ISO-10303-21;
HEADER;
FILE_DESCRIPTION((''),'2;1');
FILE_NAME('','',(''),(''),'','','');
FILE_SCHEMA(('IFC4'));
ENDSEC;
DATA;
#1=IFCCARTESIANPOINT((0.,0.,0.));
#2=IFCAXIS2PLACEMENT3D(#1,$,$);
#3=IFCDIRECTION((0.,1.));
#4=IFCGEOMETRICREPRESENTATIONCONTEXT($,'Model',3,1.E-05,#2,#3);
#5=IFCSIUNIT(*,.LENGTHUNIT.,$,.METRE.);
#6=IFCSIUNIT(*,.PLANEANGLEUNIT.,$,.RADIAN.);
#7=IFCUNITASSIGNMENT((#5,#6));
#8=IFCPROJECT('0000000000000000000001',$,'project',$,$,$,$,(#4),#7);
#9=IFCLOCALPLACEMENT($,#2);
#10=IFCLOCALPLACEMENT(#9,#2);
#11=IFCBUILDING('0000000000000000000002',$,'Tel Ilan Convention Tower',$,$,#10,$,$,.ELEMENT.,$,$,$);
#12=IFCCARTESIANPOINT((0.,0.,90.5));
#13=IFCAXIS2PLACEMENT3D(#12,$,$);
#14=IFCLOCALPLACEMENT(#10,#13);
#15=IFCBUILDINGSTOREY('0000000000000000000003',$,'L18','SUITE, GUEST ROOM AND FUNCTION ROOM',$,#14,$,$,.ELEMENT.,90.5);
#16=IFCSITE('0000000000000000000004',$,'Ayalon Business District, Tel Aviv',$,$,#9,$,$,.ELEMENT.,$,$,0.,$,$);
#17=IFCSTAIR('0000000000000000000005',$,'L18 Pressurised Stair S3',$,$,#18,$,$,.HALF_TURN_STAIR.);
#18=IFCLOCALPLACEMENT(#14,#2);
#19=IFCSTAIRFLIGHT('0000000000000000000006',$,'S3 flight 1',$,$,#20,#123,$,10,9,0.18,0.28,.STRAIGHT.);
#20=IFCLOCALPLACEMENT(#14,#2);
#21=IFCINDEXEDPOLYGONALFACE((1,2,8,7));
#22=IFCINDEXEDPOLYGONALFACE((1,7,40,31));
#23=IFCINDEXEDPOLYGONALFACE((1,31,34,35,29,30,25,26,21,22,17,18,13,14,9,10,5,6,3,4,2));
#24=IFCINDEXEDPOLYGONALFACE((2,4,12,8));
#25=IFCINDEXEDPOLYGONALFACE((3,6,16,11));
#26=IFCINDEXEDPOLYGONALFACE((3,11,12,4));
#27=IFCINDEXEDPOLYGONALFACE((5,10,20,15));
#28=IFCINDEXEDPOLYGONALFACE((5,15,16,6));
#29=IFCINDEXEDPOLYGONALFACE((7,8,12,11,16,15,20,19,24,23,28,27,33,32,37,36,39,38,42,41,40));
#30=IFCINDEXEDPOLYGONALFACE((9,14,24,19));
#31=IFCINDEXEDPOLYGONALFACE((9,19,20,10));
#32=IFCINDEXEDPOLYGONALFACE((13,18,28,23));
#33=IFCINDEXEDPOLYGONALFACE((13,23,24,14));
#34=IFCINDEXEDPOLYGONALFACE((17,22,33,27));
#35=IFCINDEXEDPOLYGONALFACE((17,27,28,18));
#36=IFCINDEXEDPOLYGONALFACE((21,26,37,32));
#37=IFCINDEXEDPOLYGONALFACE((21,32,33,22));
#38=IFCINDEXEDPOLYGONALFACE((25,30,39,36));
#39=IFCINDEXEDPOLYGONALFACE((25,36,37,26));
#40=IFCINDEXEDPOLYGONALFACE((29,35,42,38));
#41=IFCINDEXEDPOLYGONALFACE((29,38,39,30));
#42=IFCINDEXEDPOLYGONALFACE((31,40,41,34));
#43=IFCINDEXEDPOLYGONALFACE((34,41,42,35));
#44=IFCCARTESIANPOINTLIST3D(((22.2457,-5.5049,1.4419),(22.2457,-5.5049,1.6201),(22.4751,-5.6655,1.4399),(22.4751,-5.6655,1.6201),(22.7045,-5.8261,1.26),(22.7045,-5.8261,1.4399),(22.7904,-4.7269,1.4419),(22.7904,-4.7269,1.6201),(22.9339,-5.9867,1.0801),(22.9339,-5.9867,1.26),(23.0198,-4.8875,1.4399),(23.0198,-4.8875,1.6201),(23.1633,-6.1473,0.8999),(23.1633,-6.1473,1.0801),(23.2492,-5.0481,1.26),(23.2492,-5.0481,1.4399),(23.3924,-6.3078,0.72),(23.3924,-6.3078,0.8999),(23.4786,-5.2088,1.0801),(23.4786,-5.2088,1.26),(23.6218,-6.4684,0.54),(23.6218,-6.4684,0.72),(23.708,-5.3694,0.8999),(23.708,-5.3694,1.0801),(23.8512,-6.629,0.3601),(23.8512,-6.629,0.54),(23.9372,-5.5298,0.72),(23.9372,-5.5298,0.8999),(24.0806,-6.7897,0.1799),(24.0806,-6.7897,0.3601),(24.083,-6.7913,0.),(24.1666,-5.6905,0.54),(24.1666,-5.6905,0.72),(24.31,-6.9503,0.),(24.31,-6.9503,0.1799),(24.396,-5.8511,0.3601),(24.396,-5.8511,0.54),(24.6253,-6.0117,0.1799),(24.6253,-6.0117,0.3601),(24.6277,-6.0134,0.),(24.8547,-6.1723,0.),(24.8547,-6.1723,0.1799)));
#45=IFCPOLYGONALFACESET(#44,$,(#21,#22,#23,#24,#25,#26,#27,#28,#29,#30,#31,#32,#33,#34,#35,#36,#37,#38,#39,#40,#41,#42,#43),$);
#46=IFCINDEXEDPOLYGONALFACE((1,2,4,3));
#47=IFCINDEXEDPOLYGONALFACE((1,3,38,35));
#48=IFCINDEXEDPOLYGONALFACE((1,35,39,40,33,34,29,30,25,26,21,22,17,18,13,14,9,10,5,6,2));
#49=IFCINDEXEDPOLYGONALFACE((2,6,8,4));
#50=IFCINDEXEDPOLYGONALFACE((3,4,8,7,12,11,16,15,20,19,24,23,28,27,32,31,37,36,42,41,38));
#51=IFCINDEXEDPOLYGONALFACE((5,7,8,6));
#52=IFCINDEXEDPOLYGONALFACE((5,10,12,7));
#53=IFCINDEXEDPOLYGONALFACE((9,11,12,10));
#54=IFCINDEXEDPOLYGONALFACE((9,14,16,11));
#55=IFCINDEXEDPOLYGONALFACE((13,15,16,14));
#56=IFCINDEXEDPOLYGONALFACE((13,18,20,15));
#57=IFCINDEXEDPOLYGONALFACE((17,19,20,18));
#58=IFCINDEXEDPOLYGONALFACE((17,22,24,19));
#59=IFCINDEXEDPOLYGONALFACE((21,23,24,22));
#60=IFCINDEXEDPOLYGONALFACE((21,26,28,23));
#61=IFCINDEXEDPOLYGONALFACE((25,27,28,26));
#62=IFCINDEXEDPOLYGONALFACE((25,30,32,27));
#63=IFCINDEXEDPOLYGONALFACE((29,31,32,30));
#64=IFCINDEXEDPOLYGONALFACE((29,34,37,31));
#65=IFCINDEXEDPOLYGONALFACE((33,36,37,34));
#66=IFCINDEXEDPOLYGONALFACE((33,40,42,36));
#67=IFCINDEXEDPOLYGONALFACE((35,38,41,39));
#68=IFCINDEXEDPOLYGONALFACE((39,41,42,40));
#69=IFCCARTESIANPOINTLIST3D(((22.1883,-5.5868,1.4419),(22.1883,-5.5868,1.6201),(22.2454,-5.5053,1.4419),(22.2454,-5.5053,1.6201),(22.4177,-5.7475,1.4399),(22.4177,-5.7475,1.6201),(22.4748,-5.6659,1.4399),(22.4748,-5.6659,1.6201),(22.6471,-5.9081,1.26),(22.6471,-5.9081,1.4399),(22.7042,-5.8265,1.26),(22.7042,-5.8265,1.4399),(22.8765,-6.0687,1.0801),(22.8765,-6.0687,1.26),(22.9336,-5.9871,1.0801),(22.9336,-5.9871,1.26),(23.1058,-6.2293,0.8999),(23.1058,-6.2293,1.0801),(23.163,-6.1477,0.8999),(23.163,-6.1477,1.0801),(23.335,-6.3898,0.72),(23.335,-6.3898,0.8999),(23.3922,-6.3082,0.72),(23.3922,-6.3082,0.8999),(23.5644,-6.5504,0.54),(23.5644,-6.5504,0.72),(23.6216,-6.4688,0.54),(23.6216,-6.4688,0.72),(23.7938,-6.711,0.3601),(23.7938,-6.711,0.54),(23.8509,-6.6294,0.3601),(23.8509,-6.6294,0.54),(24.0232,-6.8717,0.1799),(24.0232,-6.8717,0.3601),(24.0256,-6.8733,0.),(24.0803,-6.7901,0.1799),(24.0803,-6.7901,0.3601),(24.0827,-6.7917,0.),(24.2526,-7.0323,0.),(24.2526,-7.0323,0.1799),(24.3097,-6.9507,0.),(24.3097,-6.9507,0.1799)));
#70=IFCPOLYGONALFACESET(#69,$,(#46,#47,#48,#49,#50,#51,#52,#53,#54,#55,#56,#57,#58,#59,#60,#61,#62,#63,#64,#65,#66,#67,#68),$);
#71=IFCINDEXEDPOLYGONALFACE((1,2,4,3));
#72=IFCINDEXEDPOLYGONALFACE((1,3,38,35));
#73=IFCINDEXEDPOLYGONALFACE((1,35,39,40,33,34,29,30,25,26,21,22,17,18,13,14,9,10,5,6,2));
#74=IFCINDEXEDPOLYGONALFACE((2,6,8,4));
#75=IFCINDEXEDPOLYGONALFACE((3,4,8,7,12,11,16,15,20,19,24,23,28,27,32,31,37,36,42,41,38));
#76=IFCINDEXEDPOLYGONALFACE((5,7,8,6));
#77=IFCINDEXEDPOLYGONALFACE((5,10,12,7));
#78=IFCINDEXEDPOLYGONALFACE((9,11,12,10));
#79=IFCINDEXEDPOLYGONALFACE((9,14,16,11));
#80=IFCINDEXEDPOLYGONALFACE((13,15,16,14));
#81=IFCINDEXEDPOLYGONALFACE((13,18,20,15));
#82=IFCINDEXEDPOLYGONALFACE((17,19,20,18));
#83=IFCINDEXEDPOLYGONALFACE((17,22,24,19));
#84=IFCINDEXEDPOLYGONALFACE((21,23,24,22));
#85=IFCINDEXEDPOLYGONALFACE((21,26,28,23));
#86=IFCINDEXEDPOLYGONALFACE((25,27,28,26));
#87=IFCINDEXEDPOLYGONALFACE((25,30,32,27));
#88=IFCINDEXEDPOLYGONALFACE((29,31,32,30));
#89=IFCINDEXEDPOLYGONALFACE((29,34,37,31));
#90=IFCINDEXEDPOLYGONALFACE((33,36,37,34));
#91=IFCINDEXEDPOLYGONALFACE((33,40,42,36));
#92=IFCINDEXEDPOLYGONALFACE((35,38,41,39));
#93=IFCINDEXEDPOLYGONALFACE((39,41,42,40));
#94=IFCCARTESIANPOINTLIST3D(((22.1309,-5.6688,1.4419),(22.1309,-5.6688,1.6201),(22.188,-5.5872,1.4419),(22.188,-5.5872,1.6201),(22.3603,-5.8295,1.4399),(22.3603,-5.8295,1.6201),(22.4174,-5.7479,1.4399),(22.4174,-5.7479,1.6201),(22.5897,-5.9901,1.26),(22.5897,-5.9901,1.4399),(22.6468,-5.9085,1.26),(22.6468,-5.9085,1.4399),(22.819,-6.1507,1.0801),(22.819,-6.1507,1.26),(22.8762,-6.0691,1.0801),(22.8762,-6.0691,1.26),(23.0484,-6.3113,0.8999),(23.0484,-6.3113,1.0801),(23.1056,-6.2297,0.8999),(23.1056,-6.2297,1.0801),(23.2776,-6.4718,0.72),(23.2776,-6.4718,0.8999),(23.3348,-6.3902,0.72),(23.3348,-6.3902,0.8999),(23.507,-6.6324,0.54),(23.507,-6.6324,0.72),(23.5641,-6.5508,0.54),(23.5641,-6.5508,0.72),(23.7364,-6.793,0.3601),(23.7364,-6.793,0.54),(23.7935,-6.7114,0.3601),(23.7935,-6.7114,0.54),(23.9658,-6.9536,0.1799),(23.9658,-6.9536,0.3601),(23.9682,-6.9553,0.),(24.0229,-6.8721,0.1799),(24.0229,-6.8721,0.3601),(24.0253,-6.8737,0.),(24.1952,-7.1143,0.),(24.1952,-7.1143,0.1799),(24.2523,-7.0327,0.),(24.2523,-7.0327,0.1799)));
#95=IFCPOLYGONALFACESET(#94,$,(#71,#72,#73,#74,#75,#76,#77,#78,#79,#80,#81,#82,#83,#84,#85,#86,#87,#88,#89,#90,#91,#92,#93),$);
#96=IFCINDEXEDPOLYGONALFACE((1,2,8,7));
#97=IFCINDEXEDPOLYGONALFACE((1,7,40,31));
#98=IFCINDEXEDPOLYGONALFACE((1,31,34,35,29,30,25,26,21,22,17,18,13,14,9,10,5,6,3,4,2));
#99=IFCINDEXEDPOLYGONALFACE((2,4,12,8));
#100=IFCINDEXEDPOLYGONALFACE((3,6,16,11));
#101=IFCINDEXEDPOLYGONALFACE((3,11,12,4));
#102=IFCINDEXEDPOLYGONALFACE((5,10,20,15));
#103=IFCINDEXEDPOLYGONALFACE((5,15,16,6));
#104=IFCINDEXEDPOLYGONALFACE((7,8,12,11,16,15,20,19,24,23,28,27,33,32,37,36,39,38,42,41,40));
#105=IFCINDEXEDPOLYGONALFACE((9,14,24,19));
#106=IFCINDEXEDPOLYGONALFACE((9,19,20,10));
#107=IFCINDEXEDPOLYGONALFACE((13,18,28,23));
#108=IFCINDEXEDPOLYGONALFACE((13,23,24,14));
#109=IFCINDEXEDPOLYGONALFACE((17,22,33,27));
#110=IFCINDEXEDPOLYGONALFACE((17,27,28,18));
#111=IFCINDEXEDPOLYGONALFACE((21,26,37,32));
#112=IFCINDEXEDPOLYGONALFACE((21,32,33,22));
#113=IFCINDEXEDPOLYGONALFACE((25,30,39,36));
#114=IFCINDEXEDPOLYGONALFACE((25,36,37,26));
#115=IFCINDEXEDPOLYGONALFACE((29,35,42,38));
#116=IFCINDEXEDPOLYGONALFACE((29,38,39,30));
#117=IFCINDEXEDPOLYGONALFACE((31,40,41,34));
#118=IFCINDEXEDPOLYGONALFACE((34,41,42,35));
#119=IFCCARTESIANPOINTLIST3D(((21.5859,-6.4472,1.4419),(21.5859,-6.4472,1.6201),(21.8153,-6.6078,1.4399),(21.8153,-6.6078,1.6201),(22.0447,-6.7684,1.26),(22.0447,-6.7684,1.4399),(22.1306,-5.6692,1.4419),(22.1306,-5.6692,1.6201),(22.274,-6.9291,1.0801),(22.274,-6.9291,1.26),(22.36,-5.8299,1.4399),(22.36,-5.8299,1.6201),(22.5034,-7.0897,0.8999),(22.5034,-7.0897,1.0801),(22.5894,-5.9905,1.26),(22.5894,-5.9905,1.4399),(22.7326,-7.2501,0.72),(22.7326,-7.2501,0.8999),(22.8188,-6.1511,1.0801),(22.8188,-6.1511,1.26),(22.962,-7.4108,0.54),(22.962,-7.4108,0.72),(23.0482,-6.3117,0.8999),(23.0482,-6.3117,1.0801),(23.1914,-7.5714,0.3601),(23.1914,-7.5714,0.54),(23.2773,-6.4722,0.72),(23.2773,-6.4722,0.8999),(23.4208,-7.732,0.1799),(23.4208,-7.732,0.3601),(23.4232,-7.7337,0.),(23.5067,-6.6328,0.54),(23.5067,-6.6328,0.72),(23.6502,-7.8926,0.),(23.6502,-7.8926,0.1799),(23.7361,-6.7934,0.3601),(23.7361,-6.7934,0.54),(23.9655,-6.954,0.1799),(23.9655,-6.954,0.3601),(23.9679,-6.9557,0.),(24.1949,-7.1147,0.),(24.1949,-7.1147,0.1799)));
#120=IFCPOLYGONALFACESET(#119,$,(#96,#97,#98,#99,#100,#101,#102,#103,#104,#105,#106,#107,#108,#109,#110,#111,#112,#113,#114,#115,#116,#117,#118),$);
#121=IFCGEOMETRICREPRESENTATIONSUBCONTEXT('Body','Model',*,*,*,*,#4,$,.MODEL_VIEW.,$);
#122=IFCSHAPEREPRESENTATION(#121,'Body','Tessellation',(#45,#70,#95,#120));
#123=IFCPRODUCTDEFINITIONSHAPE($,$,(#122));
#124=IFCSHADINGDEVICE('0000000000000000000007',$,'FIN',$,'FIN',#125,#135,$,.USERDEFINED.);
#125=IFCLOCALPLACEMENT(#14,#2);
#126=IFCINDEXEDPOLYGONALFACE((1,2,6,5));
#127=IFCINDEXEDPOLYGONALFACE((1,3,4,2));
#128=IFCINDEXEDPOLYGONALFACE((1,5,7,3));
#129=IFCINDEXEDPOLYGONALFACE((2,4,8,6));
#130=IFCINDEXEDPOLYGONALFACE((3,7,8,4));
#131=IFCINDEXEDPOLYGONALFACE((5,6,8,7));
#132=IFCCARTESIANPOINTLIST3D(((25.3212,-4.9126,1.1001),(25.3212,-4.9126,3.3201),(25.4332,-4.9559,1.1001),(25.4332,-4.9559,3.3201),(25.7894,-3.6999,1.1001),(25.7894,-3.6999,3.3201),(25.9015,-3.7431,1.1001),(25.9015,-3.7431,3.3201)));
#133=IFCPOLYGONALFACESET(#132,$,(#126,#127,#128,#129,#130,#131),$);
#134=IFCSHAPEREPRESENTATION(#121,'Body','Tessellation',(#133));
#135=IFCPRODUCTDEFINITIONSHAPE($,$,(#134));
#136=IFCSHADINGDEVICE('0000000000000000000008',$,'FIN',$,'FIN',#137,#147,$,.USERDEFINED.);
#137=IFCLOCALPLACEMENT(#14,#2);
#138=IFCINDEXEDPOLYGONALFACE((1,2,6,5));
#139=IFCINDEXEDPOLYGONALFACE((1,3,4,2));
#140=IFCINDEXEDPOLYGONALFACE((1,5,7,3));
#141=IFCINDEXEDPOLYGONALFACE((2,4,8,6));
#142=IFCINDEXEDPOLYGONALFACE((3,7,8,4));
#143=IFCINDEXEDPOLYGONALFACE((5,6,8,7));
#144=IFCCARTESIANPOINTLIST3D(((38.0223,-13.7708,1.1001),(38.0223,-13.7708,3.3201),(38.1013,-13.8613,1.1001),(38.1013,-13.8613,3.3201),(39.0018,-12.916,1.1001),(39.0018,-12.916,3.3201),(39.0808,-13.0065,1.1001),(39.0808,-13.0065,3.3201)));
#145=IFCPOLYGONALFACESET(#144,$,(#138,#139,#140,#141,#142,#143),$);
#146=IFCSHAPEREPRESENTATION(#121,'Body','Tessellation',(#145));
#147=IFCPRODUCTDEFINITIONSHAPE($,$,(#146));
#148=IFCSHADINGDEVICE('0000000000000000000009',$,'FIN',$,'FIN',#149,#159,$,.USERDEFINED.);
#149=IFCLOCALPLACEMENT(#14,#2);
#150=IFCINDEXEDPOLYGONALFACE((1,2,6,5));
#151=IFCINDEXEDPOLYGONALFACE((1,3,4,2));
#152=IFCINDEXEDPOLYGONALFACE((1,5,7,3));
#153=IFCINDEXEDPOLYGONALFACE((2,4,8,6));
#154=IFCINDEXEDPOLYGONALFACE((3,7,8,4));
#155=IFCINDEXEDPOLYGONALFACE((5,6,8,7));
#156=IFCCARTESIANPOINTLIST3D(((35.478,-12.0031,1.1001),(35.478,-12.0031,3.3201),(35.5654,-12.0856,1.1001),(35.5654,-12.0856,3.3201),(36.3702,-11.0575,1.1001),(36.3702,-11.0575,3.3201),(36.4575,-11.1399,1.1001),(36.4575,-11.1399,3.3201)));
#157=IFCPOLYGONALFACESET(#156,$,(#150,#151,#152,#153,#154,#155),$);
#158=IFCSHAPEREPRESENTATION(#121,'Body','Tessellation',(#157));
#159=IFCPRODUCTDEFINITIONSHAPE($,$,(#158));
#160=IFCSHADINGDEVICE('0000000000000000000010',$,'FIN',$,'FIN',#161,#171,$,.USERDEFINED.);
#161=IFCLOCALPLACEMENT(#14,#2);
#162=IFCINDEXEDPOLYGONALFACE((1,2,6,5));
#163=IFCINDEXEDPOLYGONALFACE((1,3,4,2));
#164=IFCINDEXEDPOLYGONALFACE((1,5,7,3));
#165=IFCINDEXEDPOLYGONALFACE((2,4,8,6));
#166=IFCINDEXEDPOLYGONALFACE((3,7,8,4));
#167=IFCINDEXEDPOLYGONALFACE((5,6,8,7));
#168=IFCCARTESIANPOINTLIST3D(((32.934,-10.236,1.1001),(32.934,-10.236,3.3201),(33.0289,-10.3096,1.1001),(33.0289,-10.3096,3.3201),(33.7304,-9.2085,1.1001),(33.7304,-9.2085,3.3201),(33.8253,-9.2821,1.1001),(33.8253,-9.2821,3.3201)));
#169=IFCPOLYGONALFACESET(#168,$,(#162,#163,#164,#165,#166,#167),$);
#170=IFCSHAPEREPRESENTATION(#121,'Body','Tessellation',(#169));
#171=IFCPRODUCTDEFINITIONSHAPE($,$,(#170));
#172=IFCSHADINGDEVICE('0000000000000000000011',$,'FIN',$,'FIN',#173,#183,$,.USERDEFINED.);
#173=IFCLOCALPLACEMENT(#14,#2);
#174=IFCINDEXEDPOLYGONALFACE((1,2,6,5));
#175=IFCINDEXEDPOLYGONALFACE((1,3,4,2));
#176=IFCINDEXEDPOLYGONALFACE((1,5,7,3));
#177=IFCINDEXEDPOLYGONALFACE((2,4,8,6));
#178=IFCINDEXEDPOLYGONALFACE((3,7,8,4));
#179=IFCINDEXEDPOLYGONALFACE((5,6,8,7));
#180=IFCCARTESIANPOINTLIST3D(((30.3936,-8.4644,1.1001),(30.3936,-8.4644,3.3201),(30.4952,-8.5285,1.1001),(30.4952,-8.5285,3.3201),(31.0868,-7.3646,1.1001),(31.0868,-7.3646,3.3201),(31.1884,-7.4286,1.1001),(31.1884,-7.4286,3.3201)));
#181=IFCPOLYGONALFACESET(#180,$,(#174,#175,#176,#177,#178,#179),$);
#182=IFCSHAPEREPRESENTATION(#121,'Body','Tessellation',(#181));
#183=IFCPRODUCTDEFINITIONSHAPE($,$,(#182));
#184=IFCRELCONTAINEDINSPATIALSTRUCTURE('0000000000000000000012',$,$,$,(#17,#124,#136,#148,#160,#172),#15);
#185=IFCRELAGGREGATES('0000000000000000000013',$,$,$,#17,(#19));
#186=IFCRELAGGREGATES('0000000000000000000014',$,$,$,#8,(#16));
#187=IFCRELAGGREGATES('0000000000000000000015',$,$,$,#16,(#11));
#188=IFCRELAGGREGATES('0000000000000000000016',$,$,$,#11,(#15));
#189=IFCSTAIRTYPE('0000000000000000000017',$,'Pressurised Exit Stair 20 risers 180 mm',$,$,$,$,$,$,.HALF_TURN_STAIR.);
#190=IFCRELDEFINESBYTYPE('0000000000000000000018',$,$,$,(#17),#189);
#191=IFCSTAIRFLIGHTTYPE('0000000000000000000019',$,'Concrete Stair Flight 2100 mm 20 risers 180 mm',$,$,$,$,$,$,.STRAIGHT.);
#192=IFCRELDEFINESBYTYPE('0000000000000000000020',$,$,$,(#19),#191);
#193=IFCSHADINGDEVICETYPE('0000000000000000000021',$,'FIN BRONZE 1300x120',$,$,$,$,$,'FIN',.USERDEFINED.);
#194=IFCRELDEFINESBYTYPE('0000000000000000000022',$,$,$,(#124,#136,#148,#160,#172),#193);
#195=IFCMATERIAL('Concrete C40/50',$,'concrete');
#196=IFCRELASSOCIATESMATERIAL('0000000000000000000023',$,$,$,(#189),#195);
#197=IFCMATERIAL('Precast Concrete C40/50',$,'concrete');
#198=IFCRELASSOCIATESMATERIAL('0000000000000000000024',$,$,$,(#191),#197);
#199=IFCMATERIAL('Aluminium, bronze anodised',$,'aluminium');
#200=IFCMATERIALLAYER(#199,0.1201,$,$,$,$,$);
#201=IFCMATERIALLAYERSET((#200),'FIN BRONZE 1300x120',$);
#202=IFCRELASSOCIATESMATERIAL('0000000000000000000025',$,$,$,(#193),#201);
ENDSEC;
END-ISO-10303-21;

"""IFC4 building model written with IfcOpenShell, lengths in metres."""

from ifc_helpers import new_model, si_unit, direction, frame, origin, origin_2d, place, context, subcontext, project, spatial, polyline, rectangle, outline, extrude, material, layer, layer_set, type_object, element, aggregate, save


model = new_model("IFC4")

# Units and contexts
model_context = context("Model", 3, precision=1e-05, world=origin(), true_north=direction((0.0, 1.0)))
body_context = subcontext(model_context, "Body", "Model", "MODEL_VIEW")
ifc_project = project(units=[si_unit("LENGTHUNIT", "METRE"), si_unit("PLANEANGLEUNIT", "RADIAN")], contexts=[model_context])

# Site, building, storey
site_placement = place(None, origin())
site = spatial("IfcSite", under=ifc_project, at=site_placement, Name="Ayalon Business District, Tel Aviv", CompositionType="ELEMENT", RefElevation=0.0)
building_placement = place(site_placement, origin())
building = spatial("IfcBuilding", under=site, at=building_placement, Name="Tel Ilan Convention Tower", CompositionType="ELEMENT")
storey_placement = place(building_placement, frame((0.0, 0.0, 90.5)))
storey = spatial("IfcBuildingStorey", under=building, at=storey_placement, Name="L18", Description="SUITE, GUEST ROOM AND FUNCTION ROOM", CompositionType="ELEMENT", Elevation=90.5)

# Stair, stair flight
ifc_material_1 = material(Name="Concrete C40/50", Category="concrete")
stair_type = type_object("IfcStairType", Name="Pressurised Exit Stair 20 risers 180 mm", PredefinedType="HALF_TURN_STAIR", material=ifc_material_1)
stair_placement = place(storey_placement, origin())
stair = element("IfcStair", 1, at=stair_placement, inside=storey, type_object=stair_type, Name="L18 Pressurised Stair S3", PredefinedType="HALF_TURN_STAIR")
ifc_material_2 = material(Name="Precast Concrete C40/50", Category="concrete")
stair_flight_type = type_object("IfcStairFlightType", Name="Concrete Stair Flight 2100 mm 20 risers 180 mm", PredefinedType="STRAIGHT", material=ifc_material_2)
stair_flight_placement = place(storey_placement, frame((24.2524, -7.0325, 0.0), z_axis=(0.0, 0.0, 1.0), x_axis=(-0.819152, 0.573576, 0.0)))
stair_flight = element("IfcStairFlight", 2, at=stair_flight_placement, type_object=stair_flight_type, Name="S3 flight 1", NumberOfRisers=10, NumberOfTreads=9, PredefinedType="STRAIGHT", RiserHeight=0.18, TreadLength=0.28, context=body_context, shape_type="SweptSolid", body=[
    extrude(outline(polyline([(0.0, 0.0), (0.0, 0.1799), (0.28, 0.1799), (0.28, 0.3601), (0.5601, 0.3601), (0.5601, 0.54), (0.8401, 0.54), (0.8401, 0.72), (1.1201, 0.72), (1.1201, 0.8999), (1.3999, 0.8999), (1.3999, 1.0801), (1.6799, 1.0801), (1.6799, 1.26), (1.96, 1.26), (1.96, 1.4399), (2.24, 1.4399), (2.24, 1.6201), (2.52, 1.6201), (2.52, 1.8), (2.52, 1.4419), (0.2771, 0.0), (0.0, 0.0)])), frame((0.0, -0.1003, 0.0), z_axis=(0.0, -1.0, 0.0), x_axis=(1.0, 0.0, 0.0)), (0.0, 0.0, 1.0), 0.9497),
    extrude(outline(polyline([(0.0, 0.0), (0.0, 0.1799), (0.28, 0.1799), (0.28, 0.3601), (0.5601, 0.3601), (0.5601, 0.54), (0.8401, 0.54), (0.8401, 0.72), (1.1201, 0.72), (1.1201, 0.8999), (1.3999, 0.8999), (1.3999, 1.0801), (1.6799, 1.0801), (1.6799, 1.26), (1.96, 1.26), (1.96, 1.4399), (2.24, 1.4399), (2.24, 1.6201), (2.52, 1.6201), (2.52, 1.8), (2.52, 1.4419), (0.2771, 0.0), (0.0, 0.0)])), frame((0.0, -0.0002, 0.0), z_axis=(0.0, -1.0, 0.0), x_axis=(1.0, 0.0, 0.0)), (0.0, 0.0, 1.0), 0.0996),
    extrude(outline(polyline([(0.0, 0.0), (0.0, 0.1799), (0.28, 0.1799), (0.28, 0.3601), (0.5601, 0.3601), (0.5601, 0.54), (0.8401, 0.54), (0.8401, 0.72), (1.1201, 0.72), (1.1201, 0.8999), (1.3999, 0.8999), (1.3999, 1.0801), (1.6799, 1.0801), (1.6799, 1.26), (1.96, 1.26), (1.96, 1.4399), (2.24, 1.4399), (2.24, 1.6201), (2.52, 1.6201), (2.52, 1.8), (2.52, 1.4419), (0.2771, 0.0), (0.0, 0.0)])), frame((0.0, 0.0999, 0.0), z_axis=(0.0, -1.0, 0.0), x_axis=(1.0, 0.0, 0.0)), (0.0, 0.0, 1.0), 0.0996),
    extrude(outline(polyline([(0.0, 0.0), (0.0, 0.1799), (0.28, 0.1799), (0.28, 0.3601), (0.5601, 0.3601), (0.5601, 0.54), (0.8401, 0.54), (0.8401, 0.72), (1.1201, 0.72), (1.1201, 0.8999), (1.3999, 0.8999), (1.3999, 1.0801), (1.6799, 1.0801), (1.6799, 1.26), (1.96, 1.26), (1.96, 1.4399), (2.24, 1.4399), (2.24, 1.6201), (2.52, 1.6201), (2.52, 1.8), (2.52, 1.4419), (0.2771, 0.0), (0.0, 0.0)])), frame((0.0, 1.05, 0.0), z_axis=(0.0, -1.0, 0.0), x_axis=(1.0, 0.0, 0.0)), (0.0, 0.0, 1.0), 0.9497),
])
aggregate(stair, [stair_flight])

# Shading devices
ifc_material_3 = material(Name="Aluminium, bronze anodised", Category="aluminium")
ifc_layer_1 = layer(ifc_material_3, 0.1201)
ifc_layer_set_1 = layer_set([ifc_layer_1], Name="FIN BRONZE 1300x120")
shading_device_type = type_object("IfcShadingDeviceType", Name="FIN BRONZE 1300x120", ElementType="FIN", PredefinedType="USERDEFINED", material=ifc_layer_set_1)
for number, where, z_axis, x_axis, name in (
    (3, (25.6113, -4.3279, 1.1001), (0.0, 0.0, 1.0), (0.360178, 0.932884, 0.0), "FIN"),
    (4, (38.5515, -13.3887, 1.1001), (0.0, 0.0, 1.0), (0.753436, 0.657521, 0.0), "FIN"),
    (5, (35.9678, -11.5715, 1.1001), (0.0, 0.0, 1.0), (0.686242, 0.727374, 0.0), "FIN"),
    (6, (33.3796, -9.759, 1.1001), (0.0, 0.0, 1.0), (0.612601, 0.790393, 0.0), "FIN"),
    (7, (30.791, -7.9465, 1.1001), (0.0, 0.0, 1.0), (0.533204, 0.845986, 0.0), "FIN"),
):
    element("IfcShadingDevice", number, at=place(storey_placement, frame(where, z_axis=z_axis, x_axis=x_axis)), inside=storey, type_object=shading_device_type, Name=name, ObjectType="FIN", PredefinedType="USERDEFINED", context=body_context, shape_type="SweptSolid", body=[
        extrude(rectangle(XDim=1.3, YDim=0.1201, at=origin_2d()), origin(), (0.0, 0.0, 1.0), 2.22),
    ])

save(model, "model.ifc")
